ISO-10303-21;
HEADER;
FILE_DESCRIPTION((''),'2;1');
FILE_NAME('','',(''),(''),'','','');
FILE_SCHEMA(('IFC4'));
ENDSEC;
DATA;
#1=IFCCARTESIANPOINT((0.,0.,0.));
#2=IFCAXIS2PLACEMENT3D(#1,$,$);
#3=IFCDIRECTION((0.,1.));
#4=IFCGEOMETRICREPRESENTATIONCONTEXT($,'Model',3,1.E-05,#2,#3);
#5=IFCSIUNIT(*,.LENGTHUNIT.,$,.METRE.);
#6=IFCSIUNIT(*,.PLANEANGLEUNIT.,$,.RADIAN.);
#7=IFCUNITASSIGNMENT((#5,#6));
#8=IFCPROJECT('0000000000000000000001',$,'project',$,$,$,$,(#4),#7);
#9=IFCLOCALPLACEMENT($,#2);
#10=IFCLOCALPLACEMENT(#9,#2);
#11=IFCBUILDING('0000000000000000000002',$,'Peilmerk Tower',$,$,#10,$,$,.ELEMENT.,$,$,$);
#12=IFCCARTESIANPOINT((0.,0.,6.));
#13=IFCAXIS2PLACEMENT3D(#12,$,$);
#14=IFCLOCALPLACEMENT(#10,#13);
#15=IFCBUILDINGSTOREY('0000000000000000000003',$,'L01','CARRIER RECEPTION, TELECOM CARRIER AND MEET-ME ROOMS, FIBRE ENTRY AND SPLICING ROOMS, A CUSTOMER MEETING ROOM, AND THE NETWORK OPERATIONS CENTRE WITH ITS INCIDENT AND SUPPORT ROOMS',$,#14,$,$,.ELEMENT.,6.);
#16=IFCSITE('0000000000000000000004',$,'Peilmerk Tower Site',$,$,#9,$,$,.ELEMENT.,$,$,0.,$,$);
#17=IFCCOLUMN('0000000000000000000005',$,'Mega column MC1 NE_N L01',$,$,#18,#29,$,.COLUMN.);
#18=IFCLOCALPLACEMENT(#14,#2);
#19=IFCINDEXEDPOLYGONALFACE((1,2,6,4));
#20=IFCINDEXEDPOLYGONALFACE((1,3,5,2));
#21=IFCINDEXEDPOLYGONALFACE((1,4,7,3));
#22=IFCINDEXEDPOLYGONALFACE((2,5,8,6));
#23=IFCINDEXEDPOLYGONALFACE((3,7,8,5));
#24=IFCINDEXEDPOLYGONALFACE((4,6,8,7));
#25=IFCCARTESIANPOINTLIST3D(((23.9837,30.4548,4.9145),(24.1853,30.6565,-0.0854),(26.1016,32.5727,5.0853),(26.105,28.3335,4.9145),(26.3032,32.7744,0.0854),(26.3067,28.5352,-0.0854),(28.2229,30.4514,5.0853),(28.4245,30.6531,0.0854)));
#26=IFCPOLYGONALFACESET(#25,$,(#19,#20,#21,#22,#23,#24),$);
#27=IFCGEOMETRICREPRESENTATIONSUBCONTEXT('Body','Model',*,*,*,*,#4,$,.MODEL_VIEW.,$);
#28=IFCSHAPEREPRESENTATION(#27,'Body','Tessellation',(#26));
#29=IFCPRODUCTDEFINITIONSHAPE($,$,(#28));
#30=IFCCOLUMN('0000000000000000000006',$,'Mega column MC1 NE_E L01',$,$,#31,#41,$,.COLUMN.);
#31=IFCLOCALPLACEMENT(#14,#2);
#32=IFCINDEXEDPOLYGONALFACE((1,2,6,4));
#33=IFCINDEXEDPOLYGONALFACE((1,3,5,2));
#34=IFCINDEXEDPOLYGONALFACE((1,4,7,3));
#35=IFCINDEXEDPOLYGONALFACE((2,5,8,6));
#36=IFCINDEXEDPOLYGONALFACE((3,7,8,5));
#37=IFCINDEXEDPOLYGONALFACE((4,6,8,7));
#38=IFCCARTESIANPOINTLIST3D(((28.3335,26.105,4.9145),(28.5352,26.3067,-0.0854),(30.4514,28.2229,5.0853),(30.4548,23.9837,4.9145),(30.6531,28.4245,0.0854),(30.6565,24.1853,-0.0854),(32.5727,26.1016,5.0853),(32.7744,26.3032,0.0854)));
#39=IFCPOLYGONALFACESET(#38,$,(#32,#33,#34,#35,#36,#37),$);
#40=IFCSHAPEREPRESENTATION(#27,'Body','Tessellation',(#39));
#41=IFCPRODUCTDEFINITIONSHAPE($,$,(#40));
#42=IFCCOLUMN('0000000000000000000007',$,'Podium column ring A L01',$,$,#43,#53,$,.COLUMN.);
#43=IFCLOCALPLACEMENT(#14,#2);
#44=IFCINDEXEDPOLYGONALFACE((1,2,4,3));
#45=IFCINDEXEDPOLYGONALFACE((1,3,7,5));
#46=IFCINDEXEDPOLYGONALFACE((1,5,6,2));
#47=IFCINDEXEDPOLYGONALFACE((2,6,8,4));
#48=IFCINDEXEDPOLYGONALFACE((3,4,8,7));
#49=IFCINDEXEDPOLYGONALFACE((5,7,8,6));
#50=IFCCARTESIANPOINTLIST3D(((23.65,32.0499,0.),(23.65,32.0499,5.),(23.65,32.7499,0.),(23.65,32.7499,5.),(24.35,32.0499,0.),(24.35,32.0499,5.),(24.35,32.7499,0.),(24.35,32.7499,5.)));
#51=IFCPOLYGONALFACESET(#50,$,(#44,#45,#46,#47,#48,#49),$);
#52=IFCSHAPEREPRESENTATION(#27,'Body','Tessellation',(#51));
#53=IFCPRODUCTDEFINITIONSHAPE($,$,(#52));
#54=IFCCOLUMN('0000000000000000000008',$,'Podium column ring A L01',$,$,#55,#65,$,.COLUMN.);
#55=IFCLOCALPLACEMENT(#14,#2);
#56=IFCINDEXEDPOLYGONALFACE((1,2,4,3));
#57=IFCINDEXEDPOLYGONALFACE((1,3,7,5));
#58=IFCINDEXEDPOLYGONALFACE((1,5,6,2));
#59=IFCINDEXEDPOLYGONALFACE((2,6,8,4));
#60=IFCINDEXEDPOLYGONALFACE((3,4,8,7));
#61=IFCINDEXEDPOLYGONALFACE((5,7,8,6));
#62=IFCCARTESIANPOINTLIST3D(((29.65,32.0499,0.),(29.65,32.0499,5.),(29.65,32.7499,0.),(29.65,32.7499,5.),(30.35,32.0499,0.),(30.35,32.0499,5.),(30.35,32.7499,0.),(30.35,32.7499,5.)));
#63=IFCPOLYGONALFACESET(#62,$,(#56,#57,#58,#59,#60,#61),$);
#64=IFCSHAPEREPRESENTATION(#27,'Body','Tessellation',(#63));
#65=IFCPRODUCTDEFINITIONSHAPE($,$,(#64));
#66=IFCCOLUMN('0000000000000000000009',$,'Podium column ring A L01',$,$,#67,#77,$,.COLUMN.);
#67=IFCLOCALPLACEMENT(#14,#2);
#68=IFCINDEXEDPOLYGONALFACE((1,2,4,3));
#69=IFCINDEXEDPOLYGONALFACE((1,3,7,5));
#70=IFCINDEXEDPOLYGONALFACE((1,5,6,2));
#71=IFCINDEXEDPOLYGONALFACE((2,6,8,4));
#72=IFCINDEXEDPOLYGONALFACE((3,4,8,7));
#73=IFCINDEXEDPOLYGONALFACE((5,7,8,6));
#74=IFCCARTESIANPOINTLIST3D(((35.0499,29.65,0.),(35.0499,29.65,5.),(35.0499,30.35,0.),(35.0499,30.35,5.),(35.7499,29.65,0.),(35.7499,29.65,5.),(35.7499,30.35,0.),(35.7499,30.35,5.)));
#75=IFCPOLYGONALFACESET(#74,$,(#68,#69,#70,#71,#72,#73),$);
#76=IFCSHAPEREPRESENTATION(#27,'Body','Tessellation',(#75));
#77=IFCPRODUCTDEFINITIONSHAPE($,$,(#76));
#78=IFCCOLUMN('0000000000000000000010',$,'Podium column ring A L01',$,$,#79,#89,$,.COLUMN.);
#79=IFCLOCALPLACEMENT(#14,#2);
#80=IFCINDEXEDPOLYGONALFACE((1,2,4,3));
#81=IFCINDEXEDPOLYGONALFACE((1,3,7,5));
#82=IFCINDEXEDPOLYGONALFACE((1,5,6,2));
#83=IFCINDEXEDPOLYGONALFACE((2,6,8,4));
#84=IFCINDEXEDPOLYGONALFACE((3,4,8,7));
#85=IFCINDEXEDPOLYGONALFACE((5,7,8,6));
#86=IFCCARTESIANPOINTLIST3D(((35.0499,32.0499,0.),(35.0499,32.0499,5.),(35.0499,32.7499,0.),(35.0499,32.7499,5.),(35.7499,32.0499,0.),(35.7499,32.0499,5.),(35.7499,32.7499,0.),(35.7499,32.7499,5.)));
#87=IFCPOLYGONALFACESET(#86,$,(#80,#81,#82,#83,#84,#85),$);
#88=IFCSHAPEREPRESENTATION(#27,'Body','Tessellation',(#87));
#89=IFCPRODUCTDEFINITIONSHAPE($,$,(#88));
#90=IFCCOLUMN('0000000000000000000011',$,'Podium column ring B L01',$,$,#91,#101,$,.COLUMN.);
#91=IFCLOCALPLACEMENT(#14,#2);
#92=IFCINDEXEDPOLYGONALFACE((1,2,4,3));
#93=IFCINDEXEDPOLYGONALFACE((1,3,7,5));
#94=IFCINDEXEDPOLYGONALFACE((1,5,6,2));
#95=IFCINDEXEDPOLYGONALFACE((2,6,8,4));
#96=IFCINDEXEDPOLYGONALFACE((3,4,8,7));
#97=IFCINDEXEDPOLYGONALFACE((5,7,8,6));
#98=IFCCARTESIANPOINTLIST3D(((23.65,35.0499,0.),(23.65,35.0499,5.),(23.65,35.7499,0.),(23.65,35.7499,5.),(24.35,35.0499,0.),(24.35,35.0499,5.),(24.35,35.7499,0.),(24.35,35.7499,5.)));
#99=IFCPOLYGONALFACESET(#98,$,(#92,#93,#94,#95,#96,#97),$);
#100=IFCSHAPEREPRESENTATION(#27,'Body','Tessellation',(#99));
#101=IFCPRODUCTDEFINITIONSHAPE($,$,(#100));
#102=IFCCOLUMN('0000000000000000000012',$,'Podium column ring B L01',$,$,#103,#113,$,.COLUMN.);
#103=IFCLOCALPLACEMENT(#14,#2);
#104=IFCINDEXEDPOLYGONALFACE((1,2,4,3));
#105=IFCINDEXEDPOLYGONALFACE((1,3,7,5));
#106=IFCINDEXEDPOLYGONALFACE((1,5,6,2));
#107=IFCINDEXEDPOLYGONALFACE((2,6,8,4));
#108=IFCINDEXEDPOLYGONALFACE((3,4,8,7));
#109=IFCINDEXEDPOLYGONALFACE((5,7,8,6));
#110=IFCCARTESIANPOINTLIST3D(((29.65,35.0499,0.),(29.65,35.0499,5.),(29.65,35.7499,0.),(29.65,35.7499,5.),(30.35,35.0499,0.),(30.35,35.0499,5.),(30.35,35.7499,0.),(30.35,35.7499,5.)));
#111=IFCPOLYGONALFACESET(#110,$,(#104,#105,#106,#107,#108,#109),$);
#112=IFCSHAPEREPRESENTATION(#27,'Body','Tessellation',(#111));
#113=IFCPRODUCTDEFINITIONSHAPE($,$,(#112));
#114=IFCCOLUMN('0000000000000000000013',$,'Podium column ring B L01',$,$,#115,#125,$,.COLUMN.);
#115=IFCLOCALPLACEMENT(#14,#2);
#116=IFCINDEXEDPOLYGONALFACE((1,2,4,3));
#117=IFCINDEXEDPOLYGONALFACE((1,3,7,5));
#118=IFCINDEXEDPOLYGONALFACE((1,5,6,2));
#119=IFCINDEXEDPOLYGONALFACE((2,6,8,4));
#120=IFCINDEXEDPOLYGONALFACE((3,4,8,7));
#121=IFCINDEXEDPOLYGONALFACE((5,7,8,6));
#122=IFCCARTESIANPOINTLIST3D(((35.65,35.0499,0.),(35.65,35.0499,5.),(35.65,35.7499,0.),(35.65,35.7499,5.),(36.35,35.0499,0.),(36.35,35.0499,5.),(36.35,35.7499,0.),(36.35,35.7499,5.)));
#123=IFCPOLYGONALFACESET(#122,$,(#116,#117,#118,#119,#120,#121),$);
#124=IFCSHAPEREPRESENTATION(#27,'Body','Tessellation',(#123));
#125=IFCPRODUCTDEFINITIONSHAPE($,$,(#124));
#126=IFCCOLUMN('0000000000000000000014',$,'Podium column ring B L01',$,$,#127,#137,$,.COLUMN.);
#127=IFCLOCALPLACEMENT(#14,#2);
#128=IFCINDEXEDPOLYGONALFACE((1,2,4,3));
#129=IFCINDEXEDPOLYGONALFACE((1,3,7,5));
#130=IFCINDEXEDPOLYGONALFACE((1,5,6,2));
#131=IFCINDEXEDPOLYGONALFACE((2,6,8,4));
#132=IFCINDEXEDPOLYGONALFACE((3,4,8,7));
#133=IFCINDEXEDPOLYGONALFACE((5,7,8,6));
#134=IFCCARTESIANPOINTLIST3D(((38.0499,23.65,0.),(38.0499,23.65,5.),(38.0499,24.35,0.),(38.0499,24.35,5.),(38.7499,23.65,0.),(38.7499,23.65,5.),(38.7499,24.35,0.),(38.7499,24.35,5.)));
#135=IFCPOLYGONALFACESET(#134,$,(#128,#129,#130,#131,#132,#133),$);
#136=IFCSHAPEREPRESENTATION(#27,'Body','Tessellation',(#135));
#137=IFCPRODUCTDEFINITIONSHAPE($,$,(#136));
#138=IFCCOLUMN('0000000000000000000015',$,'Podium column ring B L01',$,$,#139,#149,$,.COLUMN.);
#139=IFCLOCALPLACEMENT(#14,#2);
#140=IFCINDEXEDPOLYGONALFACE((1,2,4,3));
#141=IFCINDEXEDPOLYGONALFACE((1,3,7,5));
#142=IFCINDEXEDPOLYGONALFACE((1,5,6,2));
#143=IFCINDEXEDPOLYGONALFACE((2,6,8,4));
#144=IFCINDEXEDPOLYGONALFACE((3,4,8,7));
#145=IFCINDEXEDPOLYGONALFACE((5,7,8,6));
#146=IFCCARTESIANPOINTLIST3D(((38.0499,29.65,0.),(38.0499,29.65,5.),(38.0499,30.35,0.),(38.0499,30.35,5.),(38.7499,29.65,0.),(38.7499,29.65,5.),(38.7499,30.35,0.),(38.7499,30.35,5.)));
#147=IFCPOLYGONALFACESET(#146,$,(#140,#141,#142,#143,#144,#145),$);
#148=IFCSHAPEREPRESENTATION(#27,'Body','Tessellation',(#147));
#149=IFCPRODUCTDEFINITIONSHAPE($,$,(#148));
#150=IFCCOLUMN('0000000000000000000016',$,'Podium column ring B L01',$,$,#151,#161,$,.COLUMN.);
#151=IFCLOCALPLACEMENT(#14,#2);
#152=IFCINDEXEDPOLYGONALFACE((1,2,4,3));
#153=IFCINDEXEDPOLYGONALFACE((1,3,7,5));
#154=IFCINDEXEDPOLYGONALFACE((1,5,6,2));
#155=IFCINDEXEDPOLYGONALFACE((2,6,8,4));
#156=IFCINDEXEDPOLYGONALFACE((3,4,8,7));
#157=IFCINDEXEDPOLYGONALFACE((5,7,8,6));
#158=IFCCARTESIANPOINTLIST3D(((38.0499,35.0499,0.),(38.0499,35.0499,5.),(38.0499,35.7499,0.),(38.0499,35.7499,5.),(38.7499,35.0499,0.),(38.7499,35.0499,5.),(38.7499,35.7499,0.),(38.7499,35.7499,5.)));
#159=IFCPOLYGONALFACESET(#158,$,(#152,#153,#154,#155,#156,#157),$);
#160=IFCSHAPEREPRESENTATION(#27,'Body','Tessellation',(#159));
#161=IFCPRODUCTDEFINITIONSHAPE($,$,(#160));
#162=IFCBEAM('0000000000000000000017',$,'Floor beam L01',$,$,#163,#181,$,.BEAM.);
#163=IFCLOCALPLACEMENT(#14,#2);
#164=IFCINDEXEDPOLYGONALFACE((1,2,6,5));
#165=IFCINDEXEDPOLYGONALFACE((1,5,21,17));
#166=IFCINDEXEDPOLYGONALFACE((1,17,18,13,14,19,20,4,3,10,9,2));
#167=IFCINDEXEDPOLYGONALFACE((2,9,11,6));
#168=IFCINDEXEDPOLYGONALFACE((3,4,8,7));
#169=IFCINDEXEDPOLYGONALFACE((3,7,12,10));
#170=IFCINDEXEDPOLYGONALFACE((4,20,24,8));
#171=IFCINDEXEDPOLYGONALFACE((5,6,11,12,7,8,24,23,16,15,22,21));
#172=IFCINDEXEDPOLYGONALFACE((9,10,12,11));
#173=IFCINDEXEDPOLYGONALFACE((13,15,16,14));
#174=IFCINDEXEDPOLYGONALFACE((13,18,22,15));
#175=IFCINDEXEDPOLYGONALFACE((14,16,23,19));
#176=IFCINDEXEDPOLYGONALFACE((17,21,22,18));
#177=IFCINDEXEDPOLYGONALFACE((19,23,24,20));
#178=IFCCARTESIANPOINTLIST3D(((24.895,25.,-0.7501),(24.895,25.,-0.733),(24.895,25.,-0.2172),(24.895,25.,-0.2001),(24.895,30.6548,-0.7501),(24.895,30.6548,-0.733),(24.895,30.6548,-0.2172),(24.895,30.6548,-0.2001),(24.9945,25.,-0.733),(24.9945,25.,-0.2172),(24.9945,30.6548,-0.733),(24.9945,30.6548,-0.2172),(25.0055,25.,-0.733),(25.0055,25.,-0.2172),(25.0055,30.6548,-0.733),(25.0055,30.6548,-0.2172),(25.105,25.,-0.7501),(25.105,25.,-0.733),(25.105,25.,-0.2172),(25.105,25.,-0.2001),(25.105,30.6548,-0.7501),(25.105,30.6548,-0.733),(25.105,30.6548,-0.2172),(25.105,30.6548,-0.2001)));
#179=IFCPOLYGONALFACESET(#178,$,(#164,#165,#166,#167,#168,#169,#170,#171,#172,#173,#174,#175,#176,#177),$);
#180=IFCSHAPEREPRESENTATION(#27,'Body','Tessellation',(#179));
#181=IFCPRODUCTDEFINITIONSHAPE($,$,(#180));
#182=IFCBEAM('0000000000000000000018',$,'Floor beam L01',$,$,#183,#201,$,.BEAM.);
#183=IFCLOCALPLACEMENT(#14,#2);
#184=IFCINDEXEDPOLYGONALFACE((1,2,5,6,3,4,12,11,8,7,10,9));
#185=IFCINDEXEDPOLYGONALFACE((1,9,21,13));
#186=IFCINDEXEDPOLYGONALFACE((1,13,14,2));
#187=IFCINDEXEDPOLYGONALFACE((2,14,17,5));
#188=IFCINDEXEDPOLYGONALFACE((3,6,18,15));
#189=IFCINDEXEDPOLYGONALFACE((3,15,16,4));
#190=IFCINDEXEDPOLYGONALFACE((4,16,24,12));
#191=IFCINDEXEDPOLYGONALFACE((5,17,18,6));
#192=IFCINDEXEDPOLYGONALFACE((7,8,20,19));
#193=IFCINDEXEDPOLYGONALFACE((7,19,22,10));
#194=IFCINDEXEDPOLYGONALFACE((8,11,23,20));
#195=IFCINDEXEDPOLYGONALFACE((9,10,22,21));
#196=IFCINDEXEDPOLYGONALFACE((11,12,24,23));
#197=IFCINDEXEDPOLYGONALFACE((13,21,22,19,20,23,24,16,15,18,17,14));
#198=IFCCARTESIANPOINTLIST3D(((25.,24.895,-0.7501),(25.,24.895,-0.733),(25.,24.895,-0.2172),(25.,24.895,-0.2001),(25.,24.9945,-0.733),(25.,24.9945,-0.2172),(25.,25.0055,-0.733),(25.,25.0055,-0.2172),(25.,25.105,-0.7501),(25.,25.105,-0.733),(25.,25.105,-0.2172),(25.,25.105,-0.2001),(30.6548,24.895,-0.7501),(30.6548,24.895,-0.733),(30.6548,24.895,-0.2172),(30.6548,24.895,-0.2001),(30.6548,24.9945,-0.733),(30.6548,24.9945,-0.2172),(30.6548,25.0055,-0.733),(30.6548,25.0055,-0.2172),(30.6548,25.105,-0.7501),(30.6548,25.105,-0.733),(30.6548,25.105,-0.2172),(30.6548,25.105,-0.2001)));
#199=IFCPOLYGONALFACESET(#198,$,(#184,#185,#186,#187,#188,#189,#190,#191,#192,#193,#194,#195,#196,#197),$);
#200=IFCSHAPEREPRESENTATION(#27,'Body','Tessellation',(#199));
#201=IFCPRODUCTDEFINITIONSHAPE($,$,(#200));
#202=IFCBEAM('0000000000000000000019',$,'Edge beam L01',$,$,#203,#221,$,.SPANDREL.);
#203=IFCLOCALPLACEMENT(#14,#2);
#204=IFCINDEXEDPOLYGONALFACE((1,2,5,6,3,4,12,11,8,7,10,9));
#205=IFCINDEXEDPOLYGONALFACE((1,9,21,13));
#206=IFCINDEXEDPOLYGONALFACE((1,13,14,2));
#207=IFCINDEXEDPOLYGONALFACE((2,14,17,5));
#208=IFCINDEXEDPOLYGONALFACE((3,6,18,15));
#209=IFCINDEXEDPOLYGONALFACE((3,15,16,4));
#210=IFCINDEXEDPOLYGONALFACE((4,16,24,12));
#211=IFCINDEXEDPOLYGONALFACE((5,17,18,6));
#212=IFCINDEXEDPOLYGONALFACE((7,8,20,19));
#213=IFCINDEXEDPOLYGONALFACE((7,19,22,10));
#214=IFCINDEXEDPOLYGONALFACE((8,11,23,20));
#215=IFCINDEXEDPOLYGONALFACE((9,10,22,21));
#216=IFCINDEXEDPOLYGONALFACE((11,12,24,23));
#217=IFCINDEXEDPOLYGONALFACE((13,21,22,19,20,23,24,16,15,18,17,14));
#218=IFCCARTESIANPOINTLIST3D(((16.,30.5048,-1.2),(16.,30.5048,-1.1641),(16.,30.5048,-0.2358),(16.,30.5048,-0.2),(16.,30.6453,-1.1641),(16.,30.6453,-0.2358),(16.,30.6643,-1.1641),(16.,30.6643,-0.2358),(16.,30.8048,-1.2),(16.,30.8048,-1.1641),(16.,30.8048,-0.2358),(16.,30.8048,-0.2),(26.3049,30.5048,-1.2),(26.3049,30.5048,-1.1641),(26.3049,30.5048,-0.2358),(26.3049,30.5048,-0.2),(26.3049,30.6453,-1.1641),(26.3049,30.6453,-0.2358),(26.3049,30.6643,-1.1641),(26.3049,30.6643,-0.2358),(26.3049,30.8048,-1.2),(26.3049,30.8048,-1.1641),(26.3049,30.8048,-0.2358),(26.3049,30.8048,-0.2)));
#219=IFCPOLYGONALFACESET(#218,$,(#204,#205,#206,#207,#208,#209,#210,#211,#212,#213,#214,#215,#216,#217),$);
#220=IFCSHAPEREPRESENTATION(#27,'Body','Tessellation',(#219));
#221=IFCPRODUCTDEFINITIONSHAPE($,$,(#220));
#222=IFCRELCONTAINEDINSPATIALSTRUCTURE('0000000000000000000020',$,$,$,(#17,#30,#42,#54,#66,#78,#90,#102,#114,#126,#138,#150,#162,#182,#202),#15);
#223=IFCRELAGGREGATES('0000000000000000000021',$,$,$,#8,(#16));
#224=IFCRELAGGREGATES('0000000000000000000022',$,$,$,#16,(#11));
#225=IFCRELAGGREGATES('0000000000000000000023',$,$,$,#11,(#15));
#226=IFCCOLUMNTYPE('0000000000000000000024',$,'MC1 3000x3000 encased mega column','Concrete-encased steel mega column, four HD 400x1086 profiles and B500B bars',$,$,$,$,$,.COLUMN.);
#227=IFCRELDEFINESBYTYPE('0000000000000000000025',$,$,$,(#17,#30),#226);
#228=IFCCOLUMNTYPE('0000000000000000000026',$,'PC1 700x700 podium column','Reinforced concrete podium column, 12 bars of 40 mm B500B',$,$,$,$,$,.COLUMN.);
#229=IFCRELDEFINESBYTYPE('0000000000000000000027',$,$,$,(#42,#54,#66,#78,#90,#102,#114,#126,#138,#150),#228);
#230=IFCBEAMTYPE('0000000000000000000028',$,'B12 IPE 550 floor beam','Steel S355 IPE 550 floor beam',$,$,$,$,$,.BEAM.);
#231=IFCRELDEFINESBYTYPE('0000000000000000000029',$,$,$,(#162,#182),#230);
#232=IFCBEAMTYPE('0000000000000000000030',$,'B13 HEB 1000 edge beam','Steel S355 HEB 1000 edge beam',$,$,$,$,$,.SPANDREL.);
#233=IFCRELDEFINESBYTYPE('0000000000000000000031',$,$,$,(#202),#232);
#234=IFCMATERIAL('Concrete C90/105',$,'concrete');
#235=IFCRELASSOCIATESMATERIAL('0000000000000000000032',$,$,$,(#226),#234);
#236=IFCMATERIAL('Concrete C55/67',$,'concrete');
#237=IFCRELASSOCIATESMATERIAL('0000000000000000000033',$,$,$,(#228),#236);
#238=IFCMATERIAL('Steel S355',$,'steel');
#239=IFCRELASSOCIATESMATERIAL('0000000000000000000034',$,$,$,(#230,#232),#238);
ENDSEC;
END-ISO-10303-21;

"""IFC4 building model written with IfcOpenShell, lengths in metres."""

from ifc_helpers import new_model, si_unit, direction, frame, origin, origin_2d, place, context, subcontext, project, spatial, rectangle, i_section, extrude, material, material_profile, profile_set, type_object, element, save


model = new_model("IFC4")

# Units and contexts
model_context = context("Model", 3, precision=1e-05, world=origin(), true_north=direction((0.0, 1.0)))
body_context = subcontext(model_context, "Body", "Model", "MODEL_VIEW")
ifc_project = project(units=[si_unit("LENGTHUNIT", "METRE"), si_unit("PLANEANGLEUNIT", "RADIAN")], contexts=[model_context])

# Site, building, storey
site_placement = place(None, origin())
site = spatial("IfcSite", under=ifc_project, at=site_placement, Name="Peilmerk Tower Site", CompositionType="ELEMENT", RefElevation=0.0)
building_placement = place(site_placement, origin())
building = spatial("IfcBuilding", under=site, at=building_placement, Name="Peilmerk Tower", CompositionType="ELEMENT")
storey_placement = place(building_placement, frame((0.0, 0.0, 6.0)))
storey = spatial("IfcBuildingStorey", under=building, at=storey_placement, Name="L01", Description="CARRIER RECEPTION, TELECOM CARRIER AND MEET-ME ROOMS, FIBRE ENTRY AND SPLICING ROOMS, A CUSTOMER MEETING ROOM, AND THE NETWORK OPERATIONS CENTRE WITH ITS INCIDENT AND SUPPORT ROOMS", CompositionType="ELEMENT", Elevation=6.0)

# Columns
ifc_material_1 = material(Name="Concrete C90/105", Category="concrete")
ifc_material_profile_1 = material_profile(ifc_material_1, rectangle(XDim=3.0, YDim=3.0, at=origin_2d()), Name="RC 3000x3000")
ifc_profile_set_1 = profile_set([ifc_material_profile_1], Name="Concrete C90/105")
column_type_1 = type_object("IfcColumnType", Name="MC1 3000x3000 encased mega column", Description="Concrete-encased steel mega column, four HD 400x1086 profiles and B500B bars", PredefinedType="COLUMN", material=ifc_profile_set_1)
for number, where, z_axis, x_axis, name in (
    (1, (26.3049, 30.6548, 0.0), (-0.040267, -0.040267, 0.998377), (0.707107, -0.707107, 0.0), "Mega column MC1 NE_N L01"),
    (2, (30.6548, 26.3049, 0.0), (-0.040267, -0.040267, 0.998377), (0.707107, -0.707107, 0.0), "Mega column MC1 NE_E L01"),
):
    element("IfcColumn", number, at=place(storey_placement, frame(where, z_axis=z_axis, x_axis=x_axis)), inside=storey, type_object=column_type_1, Name=name, PredefinedType="COLUMN", context=body_context, shape_type="SweptSolid", body=[
        extrude(rectangle(XDim=3.0, YDim=3.0, at=origin_2d()), origin(), (0.0, 0.0, 1.0), 5.0081),
    ])
ifc_material_2 = material(Name="Concrete C55/67", Category="concrete")
ifc_material_profile_2 = material_profile(ifc_material_2, rectangle(XDim=0.7, YDim=0.7, at=origin_2d()), Name="RC 700x700")
ifc_profile_set_2 = profile_set([ifc_material_profile_2], Name="Concrete C55/67")
column_type_2 = type_object("IfcColumnType", Name="PC1 700x700 podium column", Description="Reinforced concrete podium column, 12 bars of 40 mm B500B", PredefinedType="COLUMN", material=ifc_profile_set_2)
for number, where, z_axis, x_axis, name in (
    (3, (24.0, 32.3999, 0.0), (0.0, 0.0, 1.0), (1.0, 0.0, 0.0), "Podium column ring A L01"),
    (4, (30.0, 32.3999, 0.0), (0.0, 0.0, 1.0), (1.0, 0.0, 0.0), "Podium column ring A L01"),
    (5, (35.3999, 30.0, 0.0), (0.0, 0.0, 1.0), (1.0, 0.0, 0.0), "Podium column ring A L01"),
    (6, (35.3999, 32.3999, 0.0), (0.0, 0.0, 1.0), (1.0, 0.0, 0.0), "Podium column ring A L01"),
    (7, (24.0, 35.3999, 0.0), (0.0, 0.0, 1.0), (1.0, 0.0, 0.0), "Podium column ring B L01"),
    (8, (30.0, 35.3999, 0.0), (0.0, 0.0, 1.0), (1.0, 0.0, 0.0), "Podium column ring B L01"),
    (9, (36.0, 35.3999, 0.0), (0.0, 0.0, 1.0), (1.0, 0.0, 0.0), "Podium column ring B L01"),
    (10, (38.3999, 24.0, 0.0), (0.0, 0.0, 1.0), (1.0, 0.0, 0.0), "Podium column ring B L01"),
    (11, (38.3999, 30.0, 0.0), (0.0, 0.0, 1.0), (1.0, 0.0, 0.0), "Podium column ring B L01"),
    (12, (38.3999, 35.3999, 0.0), (0.0, 0.0, 1.0), (1.0, 0.0, 0.0), "Podium column ring B L01"),
):
    element("IfcColumn", number, at=place(storey_placement, frame(where, z_axis=z_axis, x_axis=x_axis)), inside=storey, type_object=column_type_2, Name=name, PredefinedType="COLUMN", context=body_context, shape_type="SweptSolid", body=[
        extrude(rectangle(XDim=0.7, YDim=0.7, at=origin_2d()), origin(), (0.0, 0.0, 1.0), 5.0),
    ])

# Beams
ifc_material_3 = material(Name="Steel S355", Category="steel")
ifc_material_profile_3 = material_profile(ifc_material_3, i_section(OverallWidth=0.21, OverallDepth=0.55, WebThickness=0.011, FlangeThickness=0.0171, at=origin_2d()), Name="IPE 550")
ifc_profile_set_3 = profile_set([ifc_material_profile_3], Name="Steel S355")
beam_type_1 = type_object("IfcBeamType", Name="B12 IPE 550 floor beam", Description="Steel S355 IPE 550 floor beam", PredefinedType="BEAM", material=ifc_profile_set_3)
for number, where, z_axis, x_axis, name in (
    (13, (25.0, 25.0, -0.4751), (0.0, 1.0, 0.0), (-1.0, 0.0, 0.0), "Floor beam L01"),
    (14, (25.0, 25.0, -0.4751), (1.0, 0.0, 0.0), (0.0, 1.0, 0.0), "Floor beam L01"),
):
    element("IfcBeam", number, at=place(storey_placement, frame(where, z_axis=z_axis, x_axis=x_axis)), inside=storey, type_object=beam_type_1, Name=name, PredefinedType="BEAM", context=body_context, shape_type="SweptSolid", body=[
        extrude(i_section(OverallWidth=0.21, OverallDepth=0.55, WebThickness=0.011, FlangeThickness=0.0171, at=origin_2d()), origin(), (0.0, 0.0, 1.0), 5.6548),
    ])
ifc_material_profile_4 = material_profile(ifc_material_3, i_section(OverallWidth=0.3, OverallDepth=1.0, WebThickness=0.019, FlangeThickness=0.0359, at=origin_2d()), Name="HEB 1000")
ifc_profile_set_4 = profile_set([ifc_material_profile_4], Name="Steel S355")
beam_type_2 = type_object("IfcBeamType", Name="B13 HEB 1000 edge beam", Description="Steel S355 HEB 1000 edge beam", PredefinedType="SPANDREL", material=ifc_profile_set_4)
beam_1_placement = place(storey_placement, frame((26.3049, 30.6548, -0.7), z_axis=(-1.0, 0.0, 0.0), x_axis=(0.0, -1.0, 0.0)))
element("IfcBeam", 15, at=beam_1_placement, inside=storey, type_object=beam_type_2, Name="Edge beam L01", PredefinedType="SPANDREL", context=body_context, shape_type="SweptSolid", body=[
    extrude(i_section(OverallWidth=0.3, OverallDepth=1.0, WebThickness=0.019, FlangeThickness=0.0359, at=origin_2d()), origin(), (0.0, 0.0, 1.0), 10.3049),
])

save(model, "model.ifc")
